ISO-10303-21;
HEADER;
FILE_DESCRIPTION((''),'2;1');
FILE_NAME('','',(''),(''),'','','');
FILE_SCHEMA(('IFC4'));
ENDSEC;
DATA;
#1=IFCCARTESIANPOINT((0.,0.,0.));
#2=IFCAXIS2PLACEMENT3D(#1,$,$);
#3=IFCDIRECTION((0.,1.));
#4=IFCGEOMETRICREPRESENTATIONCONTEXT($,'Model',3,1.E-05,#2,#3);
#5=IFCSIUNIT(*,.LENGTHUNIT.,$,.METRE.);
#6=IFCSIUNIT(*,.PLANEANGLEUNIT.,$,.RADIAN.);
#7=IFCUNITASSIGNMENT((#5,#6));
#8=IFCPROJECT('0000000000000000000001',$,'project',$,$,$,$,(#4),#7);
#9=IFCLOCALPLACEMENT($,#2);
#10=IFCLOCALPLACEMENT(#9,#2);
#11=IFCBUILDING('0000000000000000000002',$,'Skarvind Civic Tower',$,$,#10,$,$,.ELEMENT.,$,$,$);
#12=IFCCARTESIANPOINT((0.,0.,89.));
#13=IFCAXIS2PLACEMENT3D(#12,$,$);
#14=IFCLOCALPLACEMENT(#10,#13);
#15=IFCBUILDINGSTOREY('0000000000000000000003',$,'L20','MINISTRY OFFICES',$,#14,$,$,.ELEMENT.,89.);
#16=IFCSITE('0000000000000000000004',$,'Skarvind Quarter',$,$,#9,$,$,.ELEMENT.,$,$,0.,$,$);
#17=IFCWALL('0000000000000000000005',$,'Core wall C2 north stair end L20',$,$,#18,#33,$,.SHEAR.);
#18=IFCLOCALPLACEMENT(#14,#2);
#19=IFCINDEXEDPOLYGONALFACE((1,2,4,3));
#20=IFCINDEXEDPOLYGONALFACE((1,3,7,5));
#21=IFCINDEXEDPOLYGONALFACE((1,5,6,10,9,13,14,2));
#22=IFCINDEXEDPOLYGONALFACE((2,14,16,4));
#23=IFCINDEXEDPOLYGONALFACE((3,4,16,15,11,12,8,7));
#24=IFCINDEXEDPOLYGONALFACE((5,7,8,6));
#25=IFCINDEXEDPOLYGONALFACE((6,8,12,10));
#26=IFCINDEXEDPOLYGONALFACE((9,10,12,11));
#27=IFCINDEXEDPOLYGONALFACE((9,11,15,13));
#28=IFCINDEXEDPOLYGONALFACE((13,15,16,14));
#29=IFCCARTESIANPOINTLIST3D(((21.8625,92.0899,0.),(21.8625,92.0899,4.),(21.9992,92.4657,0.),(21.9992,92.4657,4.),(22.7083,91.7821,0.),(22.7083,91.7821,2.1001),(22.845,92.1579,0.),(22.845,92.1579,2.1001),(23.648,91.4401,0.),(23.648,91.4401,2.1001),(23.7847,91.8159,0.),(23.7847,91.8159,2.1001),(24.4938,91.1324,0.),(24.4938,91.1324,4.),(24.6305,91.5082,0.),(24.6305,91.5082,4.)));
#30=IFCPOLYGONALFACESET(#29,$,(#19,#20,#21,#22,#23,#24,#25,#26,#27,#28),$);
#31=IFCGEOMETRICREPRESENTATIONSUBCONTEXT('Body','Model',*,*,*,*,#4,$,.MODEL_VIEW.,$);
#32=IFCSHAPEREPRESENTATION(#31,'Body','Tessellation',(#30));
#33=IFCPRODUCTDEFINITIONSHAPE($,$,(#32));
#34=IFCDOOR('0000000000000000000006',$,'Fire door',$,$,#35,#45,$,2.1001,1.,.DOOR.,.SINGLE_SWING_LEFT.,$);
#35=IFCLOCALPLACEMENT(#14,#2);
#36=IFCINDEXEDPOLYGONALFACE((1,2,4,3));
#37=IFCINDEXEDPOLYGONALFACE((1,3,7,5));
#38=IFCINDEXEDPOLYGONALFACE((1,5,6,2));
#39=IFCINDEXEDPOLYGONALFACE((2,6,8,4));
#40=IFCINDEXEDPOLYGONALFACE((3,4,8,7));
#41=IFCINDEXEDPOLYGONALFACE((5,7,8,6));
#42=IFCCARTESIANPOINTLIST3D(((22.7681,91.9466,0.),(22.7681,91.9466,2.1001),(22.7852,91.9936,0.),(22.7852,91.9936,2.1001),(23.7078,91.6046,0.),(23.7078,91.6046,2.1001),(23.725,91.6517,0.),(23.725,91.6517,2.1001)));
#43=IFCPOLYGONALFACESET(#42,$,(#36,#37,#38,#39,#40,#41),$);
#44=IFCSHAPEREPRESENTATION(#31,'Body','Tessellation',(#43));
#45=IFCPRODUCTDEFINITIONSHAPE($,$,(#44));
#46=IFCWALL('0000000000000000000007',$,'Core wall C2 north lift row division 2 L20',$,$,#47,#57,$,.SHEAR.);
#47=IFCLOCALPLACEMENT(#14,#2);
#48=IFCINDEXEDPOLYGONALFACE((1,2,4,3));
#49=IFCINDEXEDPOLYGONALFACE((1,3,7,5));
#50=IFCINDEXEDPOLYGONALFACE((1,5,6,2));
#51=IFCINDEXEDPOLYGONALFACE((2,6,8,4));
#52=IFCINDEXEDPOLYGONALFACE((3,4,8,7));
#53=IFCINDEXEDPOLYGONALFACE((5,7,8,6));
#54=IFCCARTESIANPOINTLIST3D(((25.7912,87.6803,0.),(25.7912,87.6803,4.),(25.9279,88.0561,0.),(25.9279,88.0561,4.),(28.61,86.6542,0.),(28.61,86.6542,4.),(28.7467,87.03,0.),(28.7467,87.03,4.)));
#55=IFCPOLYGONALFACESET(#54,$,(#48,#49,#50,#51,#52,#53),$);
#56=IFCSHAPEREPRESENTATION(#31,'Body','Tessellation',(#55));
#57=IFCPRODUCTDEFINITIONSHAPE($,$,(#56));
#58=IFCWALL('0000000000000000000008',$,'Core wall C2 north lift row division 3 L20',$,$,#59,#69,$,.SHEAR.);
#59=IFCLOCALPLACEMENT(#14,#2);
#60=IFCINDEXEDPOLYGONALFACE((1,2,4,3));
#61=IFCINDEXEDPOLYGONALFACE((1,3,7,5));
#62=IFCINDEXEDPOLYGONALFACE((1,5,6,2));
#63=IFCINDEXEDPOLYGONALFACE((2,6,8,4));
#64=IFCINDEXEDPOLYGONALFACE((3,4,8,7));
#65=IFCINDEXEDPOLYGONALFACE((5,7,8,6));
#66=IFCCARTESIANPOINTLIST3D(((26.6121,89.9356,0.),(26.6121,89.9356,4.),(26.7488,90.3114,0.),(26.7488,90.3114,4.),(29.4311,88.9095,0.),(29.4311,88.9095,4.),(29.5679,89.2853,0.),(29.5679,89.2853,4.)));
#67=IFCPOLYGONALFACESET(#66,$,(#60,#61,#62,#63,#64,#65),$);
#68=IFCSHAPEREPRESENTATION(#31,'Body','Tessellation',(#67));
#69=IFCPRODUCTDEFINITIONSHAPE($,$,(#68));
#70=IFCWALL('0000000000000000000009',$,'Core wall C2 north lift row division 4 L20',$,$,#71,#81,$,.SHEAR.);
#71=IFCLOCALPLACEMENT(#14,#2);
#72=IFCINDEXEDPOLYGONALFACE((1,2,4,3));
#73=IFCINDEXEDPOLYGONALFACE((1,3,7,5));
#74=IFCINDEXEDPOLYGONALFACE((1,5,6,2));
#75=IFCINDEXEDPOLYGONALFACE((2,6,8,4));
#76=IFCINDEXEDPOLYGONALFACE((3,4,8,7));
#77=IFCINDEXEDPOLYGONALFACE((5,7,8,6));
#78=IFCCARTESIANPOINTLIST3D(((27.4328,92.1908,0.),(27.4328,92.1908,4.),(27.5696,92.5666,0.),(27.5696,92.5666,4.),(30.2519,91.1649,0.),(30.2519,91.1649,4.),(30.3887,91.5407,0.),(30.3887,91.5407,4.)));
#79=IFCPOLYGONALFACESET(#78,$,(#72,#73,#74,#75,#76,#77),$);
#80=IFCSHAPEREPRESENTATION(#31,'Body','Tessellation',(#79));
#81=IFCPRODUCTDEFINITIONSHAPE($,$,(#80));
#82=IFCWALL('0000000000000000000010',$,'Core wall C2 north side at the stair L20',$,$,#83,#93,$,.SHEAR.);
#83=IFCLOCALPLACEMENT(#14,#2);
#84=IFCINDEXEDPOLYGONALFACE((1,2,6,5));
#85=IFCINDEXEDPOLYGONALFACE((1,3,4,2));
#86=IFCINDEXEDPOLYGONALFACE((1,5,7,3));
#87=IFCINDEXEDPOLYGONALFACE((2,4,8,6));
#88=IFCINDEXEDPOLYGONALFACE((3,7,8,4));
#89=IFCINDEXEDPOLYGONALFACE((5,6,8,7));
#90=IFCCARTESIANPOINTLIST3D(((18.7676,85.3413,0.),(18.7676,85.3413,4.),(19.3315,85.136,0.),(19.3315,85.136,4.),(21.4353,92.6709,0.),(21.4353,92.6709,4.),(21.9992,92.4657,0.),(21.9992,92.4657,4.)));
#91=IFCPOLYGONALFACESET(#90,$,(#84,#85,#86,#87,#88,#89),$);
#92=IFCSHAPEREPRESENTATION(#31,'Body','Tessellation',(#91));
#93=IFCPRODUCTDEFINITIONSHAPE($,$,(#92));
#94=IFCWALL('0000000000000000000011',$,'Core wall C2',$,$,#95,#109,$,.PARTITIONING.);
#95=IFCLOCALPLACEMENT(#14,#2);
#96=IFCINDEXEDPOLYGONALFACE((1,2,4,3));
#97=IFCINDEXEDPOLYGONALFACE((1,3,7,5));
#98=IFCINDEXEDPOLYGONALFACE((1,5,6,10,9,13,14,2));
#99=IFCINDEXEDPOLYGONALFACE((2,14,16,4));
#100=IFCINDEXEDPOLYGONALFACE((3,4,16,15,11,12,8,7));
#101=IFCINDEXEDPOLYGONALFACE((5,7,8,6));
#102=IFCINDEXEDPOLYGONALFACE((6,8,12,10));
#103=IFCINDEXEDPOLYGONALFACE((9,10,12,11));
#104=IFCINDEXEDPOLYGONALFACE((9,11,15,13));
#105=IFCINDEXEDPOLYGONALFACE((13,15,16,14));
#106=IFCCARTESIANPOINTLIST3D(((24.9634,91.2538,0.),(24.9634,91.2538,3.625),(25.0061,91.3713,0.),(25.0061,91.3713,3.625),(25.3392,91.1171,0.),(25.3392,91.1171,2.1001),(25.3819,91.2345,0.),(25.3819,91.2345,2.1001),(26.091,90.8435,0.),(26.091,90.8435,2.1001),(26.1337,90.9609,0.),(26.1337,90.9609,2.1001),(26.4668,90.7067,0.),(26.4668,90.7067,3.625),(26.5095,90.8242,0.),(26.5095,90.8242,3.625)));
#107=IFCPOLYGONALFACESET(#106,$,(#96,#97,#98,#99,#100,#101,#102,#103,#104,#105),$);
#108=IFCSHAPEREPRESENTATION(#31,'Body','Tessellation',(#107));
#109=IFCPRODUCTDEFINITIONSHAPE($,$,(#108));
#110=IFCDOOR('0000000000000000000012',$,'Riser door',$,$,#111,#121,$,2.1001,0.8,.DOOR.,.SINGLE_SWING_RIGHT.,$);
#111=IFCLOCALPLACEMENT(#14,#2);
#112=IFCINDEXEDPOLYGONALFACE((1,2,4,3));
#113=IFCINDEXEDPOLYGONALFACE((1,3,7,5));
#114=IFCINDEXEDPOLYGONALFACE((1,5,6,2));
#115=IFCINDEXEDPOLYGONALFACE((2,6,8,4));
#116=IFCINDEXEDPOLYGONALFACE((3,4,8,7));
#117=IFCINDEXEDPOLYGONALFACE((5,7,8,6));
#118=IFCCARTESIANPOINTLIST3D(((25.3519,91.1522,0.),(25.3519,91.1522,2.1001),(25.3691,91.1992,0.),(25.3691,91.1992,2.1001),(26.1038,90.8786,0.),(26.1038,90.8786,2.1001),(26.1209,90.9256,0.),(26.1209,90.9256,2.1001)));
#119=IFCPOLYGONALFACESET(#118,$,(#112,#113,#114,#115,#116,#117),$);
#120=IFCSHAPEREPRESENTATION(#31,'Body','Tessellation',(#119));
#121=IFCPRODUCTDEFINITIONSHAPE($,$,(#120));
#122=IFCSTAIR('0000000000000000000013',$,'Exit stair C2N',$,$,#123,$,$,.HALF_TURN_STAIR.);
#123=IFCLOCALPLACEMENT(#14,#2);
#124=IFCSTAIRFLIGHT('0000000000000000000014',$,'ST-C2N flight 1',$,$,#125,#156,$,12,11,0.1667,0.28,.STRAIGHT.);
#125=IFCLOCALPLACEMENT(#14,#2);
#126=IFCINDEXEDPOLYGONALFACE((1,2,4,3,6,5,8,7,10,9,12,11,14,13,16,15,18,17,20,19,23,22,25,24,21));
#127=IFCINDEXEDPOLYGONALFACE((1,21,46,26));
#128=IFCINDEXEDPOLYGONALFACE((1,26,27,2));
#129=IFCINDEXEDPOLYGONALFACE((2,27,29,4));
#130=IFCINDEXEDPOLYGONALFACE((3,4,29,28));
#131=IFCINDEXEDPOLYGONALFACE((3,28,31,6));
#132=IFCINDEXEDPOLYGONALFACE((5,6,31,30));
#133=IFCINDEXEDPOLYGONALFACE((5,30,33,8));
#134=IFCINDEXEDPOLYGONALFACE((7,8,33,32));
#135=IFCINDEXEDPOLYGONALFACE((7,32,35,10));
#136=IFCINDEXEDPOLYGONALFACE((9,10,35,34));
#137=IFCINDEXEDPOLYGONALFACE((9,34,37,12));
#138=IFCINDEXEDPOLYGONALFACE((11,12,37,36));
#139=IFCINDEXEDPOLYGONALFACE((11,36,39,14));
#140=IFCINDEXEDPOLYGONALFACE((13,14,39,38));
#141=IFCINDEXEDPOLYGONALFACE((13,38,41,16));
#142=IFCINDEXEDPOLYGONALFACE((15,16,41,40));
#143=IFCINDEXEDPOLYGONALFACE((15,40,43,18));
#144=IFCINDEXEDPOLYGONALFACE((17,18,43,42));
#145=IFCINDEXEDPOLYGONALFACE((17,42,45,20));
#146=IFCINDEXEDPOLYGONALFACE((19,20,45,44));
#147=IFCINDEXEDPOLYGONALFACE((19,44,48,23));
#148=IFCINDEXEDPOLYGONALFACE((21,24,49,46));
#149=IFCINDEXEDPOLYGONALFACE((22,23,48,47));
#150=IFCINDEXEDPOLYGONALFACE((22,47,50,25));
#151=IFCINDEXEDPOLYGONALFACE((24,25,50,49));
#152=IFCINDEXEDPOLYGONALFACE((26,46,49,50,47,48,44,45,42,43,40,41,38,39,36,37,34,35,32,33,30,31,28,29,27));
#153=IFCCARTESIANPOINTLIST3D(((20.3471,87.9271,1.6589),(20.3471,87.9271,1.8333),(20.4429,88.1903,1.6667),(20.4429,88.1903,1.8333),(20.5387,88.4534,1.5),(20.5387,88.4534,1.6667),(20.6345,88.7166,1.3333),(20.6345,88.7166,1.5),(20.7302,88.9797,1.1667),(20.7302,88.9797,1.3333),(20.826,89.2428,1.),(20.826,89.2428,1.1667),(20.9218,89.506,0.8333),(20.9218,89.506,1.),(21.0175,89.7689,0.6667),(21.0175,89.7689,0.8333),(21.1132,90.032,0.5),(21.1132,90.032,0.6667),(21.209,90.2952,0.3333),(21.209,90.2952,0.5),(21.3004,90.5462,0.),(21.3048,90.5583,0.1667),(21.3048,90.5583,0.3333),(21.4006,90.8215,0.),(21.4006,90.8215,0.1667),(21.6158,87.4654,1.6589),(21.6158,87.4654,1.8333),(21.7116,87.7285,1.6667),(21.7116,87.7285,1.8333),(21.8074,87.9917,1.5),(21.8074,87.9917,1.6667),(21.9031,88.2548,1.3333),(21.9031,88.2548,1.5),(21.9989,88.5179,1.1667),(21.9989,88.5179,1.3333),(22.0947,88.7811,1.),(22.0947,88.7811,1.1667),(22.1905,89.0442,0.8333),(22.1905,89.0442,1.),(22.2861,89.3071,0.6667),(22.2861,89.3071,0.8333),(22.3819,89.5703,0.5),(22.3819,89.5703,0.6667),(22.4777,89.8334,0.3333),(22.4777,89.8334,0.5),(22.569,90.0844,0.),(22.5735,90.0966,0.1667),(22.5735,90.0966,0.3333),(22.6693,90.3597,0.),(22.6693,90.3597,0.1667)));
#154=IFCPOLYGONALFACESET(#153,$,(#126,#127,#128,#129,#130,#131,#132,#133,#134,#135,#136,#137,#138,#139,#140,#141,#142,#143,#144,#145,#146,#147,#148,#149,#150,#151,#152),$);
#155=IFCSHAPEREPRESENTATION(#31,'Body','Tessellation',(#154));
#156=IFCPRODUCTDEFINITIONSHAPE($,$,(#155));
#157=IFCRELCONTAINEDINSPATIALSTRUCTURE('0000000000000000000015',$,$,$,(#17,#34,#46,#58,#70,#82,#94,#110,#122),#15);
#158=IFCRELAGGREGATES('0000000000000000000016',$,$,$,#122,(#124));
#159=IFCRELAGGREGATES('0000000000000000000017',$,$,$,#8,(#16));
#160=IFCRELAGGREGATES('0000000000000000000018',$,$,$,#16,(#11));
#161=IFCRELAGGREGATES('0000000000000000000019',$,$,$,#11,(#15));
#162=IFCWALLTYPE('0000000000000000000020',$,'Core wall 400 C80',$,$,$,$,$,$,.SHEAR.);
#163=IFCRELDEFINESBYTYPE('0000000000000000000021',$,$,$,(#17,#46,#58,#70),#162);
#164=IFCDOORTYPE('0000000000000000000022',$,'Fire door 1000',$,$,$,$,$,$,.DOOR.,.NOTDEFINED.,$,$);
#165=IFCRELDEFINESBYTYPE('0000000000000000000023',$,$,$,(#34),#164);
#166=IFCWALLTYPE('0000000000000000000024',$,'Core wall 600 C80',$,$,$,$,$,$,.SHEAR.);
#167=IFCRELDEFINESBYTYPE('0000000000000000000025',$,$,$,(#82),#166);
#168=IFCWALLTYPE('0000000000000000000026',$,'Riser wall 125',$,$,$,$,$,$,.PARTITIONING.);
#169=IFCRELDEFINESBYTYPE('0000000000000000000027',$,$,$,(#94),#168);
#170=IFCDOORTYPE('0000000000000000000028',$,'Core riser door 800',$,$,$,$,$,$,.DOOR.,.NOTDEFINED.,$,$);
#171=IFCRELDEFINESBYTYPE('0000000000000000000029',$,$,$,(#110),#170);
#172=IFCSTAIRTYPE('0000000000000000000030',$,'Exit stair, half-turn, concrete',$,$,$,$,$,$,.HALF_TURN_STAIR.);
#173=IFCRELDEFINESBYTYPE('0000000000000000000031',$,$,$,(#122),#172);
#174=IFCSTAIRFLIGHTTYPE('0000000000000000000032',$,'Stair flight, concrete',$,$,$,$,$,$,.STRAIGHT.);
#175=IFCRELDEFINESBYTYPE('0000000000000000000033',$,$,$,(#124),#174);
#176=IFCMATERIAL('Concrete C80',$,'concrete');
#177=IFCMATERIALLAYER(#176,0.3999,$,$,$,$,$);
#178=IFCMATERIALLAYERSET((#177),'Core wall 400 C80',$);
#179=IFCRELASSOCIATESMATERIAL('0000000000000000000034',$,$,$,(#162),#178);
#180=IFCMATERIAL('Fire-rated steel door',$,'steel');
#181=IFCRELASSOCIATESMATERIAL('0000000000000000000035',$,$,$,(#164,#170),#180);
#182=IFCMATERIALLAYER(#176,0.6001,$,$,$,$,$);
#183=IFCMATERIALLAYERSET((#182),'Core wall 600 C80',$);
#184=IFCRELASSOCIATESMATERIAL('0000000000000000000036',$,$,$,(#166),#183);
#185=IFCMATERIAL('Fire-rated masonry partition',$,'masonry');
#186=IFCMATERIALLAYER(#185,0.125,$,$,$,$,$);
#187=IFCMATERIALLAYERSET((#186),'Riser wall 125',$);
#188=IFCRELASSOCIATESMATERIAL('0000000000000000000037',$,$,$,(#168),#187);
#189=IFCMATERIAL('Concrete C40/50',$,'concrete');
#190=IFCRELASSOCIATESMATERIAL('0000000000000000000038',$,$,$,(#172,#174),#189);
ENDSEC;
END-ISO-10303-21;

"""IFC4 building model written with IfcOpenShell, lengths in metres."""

from ifc_helpers import new_model, si_unit, direction, frame, frame_2d, origin, place, context, subcontext, project, spatial, polyline, rectangle, outline, extrude, material, layer, layer_set, type_object, element, fill, aggregate, save


model = new_model("IFC4")

# Units and contexts
model_context = context("Model", 3, precision=1e-05, world=origin(), true_north=direction((0.0, 1.0)))
body_context = subcontext(model_context, "Body", "Model", "MODEL_VIEW")
ifc_project = project(units=[si_unit("LENGTHUNIT", "METRE"), si_unit("PLANEANGLEUNIT", "RADIAN")], contexts=[model_context])

# Site, building, storey
site_placement = place(None, origin())
site = spatial("IfcSite", under=ifc_project, at=site_placement, Name="Skarvind Quarter", CompositionType="ELEMENT", RefElevation=0.0)
building_placement = place(site_placement, origin())
building = spatial("IfcBuilding", under=site, at=building_placement, Name="Skarvind Civic Tower", CompositionType="ELEMENT")
storey_placement = place(building_placement, frame((0.0, 0.0, 89.0)))
storey = spatial("IfcBuildingStorey", under=building, at=storey_placement, Name="L20", Description="MINISTRY OFFICES", CompositionType="ELEMENT", Elevation=89.0)

# Wall, opening, door
ifc_material_1 = material(Name="Concrete C80", Category="concrete")
ifc_layer_1 = layer(ifc_material_1, 0.3999)
ifc_layer_set_1 = layer_set([ifc_layer_1], Name="Core wall 400 C80")
wall_type_1 = type_object("IfcWallType", Name="Core wall 400 C80", PredefinedType="SHEAR", material=ifc_layer_set_1)
wall_1_placement = place(storey_placement, frame((24.562, 91.3203, 0.0), z_axis=(0.0, 0.0, 1.0), x_axis=(-0.939717, 0.341953, 0.0)))
wall_1 = element("IfcWall", 1, at=wall_1_placement, inside=storey, type_object=wall_type_1, Name="Core wall C2 north stair end L20", PredefinedType="SHEAR", context=body_context, shape_type="SweptSolid", body=[
    extrude(rectangle(XDim=2.8, YDim=0.3999, at=frame_2d((1.3999, 0.0))), origin(), (0.0, 0.0, 1.0), 4.0),
])
opening_1_placement = place(wall_1_placement, frame((0.8999, 0.0, 0.0)))
opening_1 = element("IfcOpeningElement", 2, at=opening_1_placement, cuts=wall_1, PredefinedType="OPENING", context=body_context, shape_type="SweptSolid", body=[
    extrude(rectangle(XDim=1.0, YDim=2.1001, at=frame_2d((0.5, 1.05))), frame((0.0, 0.21, 0.0), z_axis=(0.0, -1.0, 0.0), x_axis=(1.0, 0.0, 0.0)), (0.0, 0.0, 1.0), 0.4199),
])
ifc_material_2 = material(Name="Fire-rated steel door", Category="steel")
door_type_1 = type_object("IfcDoorType", Name="Fire door 1000", OperationType="NOTDEFINED", PredefinedType="DOOR", material=ifc_material_2)
door_1_placement = place(opening_1_placement, origin())
door_1 = element("IfcDoor", 3, at=door_1_placement, inside=storey, type_object=door_type_1, Name="Fire door", OperationType="SINGLE_SWING_LEFT", OverallHeight=2.1001, OverallWidth=1.0, PredefinedType="DOOR", context=body_context, shape_type="SweptSolid", body=[
    extrude(rectangle(XDim=1.0, YDim=2.1001, at=frame_2d((0.5, 1.05))), frame((0.0, 0.0249, 0.0), z_axis=(0.0, -1.0, 0.0), x_axis=(1.0, 0.0, 0.0)), (0.0, 0.0, 1.0), 0.05),
])
fill(opening_1, door_1)

# Walls
wall_2_placement = place(storey_placement, frame((28.6785, 86.842, 0.0), z_axis=(0.0, 0.0, 1.0), x_axis=(-0.939677, 0.342063, 0.0)))
element("IfcWall", 4, at=wall_2_placement, inside=storey, type_object=wall_type_1, Name="Core wall C2 north lift row division 2 L20", PredefinedType="SHEAR", context=body_context, shape_type="SweptSolid", body=[
    extrude(rectangle(XDim=2.9998, YDim=0.3999, at=frame_2d((1.5, 0.0))), origin(), (0.0, 0.0, 1.0), 4.0),
])
for number, where, z_axis, x_axis, name in (
    (5, (29.4995, 89.0974, 0.0), (0.0, 0.0, 1.0), (-0.939686, 0.342037, 0.0), "Core wall C2 north lift row division 3 L20"),
    (6, (30.3203, 91.3528, 0.0), (0.0, 0.0, 1.0), (-0.939713, 0.341965, 0.0), "Core wall C2 north lift row division 4 L20"),
):
    element("IfcWall", number, at=place(storey_placement, frame(where, z_axis=z_axis, x_axis=x_axis)), inside=storey, type_object=wall_type_1, Name=name, PredefinedType="SHEAR", context=body_context, shape_type="SweptSolid", body=[
        extrude(rectangle(XDim=3.0, YDim=0.3999, at=frame_2d((1.5, 0.0))), origin(), (0.0, 0.0, 1.0), 4.0),
    ])
ifc_layer_2 = layer(ifc_material_1, 0.6001)
ifc_layer_set_2 = layer_set([ifc_layer_2], Name="Core wall 600 C80")
wall_type_2 = type_object("IfcWallType", Name="Core wall 600 C80", PredefinedType="SHEAR", material=ifc_layer_set_2)
wall_3_placement = place(storey_placement, frame((19.0496, 85.2388, 0.0), z_axis=(0.0, 0.0, 1.0), x_axis=(0.342017, 0.939694, 0.0)))
element("IfcWall", 7, at=wall_3_placement, inside=storey, type_object=wall_type_2, Name="Core wall C2 north side at the stair L20", PredefinedType="SHEAR", context=body_context, shape_type="SweptSolid", body=[
    extrude(rectangle(XDim=7.8, YDim=0.6001, at=frame_2d((3.8999, 0.0))), origin(), (0.0, 0.0, 1.0), 4.0),
])

# Wall, opening, door
ifc_material_3 = material(Name="Fire-rated masonry partition", Category="masonry")
ifc_layer_3 = layer(ifc_material_3, 0.125)
ifc_layer_set_3 = layer_set([ifc_layer_3], Name="Riser wall 125")
wall_type_3 = type_object("IfcWallType", Name="Riser wall 125", PredefinedType="PARTITIONING", material=ifc_layer_set_3)
wall_4_placement = place(storey_placement, frame((24.9849, 91.3125, 0.0), z_axis=(0.0, 0.0, 1.0), x_axis=(0.939709, -0.341976, 0.0)))
wall_4 = element("IfcWall", 8, at=wall_4_placement, inside=storey, type_object=wall_type_3, Name="Core wall C2", PredefinedType="PARTITIONING", context=body_context, shape_type="SweptSolid", body=[
    extrude(rectangle(XDim=1.5999, YDim=0.125, at=frame_2d((0.7998, 0.0))), origin(), (0.0, 0.0, 1.0), 3.625),
])
opening_2_placement = place(wall_4_placement, frame((0.3999, 0.0, 0.0)))
opening_2 = element("IfcOpeningElement", 9, at=opening_2_placement, cuts=wall_4, PredefinedType="OPENING", context=body_context, shape_type="SweptSolid", body=[
    extrude(rectangle(XDim=0.8, YDim=2.1001, at=frame_2d((0.3999, 1.05))), frame((0.0, 0.0725, 0.0), z_axis=(0.0, -1.0, 0.0), x_axis=(1.0, 0.0, 0.0)), (0.0, 0.0, 1.0), 0.145),
])
door_type_2 = type_object("IfcDoorType", Name="Core riser door 800", OperationType="NOTDEFINED", PredefinedType="DOOR", material=ifc_material_2)
door_2_placement = place(opening_2_placement, origin())
door_2 = element("IfcDoor", 10, at=door_2_placement, inside=storey, type_object=door_type_2, Name="Riser door", OperationType="SINGLE_SWING_RIGHT", OverallHeight=2.1001, OverallWidth=0.8, PredefinedType="DOOR", context=body_context, shape_type="SweptSolid", body=[
    extrude(rectangle(XDim=0.8, YDim=2.1001, at=frame_2d((0.3999, 1.05))), frame((0.0, 0.0249, 0.0), z_axis=(0.0, -1.0, 0.0), x_axis=(1.0, 0.0, 0.0)), (0.0, 0.0, 1.0), 0.05),
])
fill(opening_2, door_2)

# Stair, stair flight
ifc_material_4 = material(Name="Concrete C40/50", Category="concrete")
stair_type = type_object("IfcStairType", Name="Exit stair, half-turn, concrete", PredefinedType="HALF_TURN_STAIR", material=ifc_material_4)
stair_placement = place(storey_placement, origin())
stair = element("IfcStair", 11, at=stair_placement, inside=storey, type_object=stair_type, Name="Exit stair C2N", PredefinedType="HALF_TURN_STAIR")
stair_flight_type = type_object("IfcStairFlightType", Name="Stair flight, concrete", PredefinedType="STRAIGHT", material=ifc_material_4)
stair_flight_1_placement = place(storey_placement, frame((22.0349, 90.5906, 0.0), z_axis=(0.0, 0.0, 1.0), x_axis=(-0.34202, -0.939693, 0.0)))
stair_flight_1 = element("IfcStairFlight", 12, at=stair_flight_1_placement, type_object=stair_flight_type, Name="ST-C2N flight 1", NumberOfRisers=12, NumberOfTreads=11, PredefinedType="STRAIGHT", RiserHeight=0.1667, TreadLength=0.28, context=body_context, shape_type="SweptSolid", body=[
    extrude(outline(polyline([(0.0, 0.0), (0.0, 0.1667), (0.28, 0.1667), (0.28, 0.3333), (0.5601, 0.3333), (0.5601, 0.5), (0.8401, 0.5), (0.8401, 0.6667), (1.1201, 0.6667), (1.1201, 0.8333), (1.3999, 0.8333), (1.3999, 1.0), (1.6799, 1.0), (1.6799, 1.1667), (1.96, 1.1667), (1.96, 1.3333), (2.24, 1.3333), (2.24, 1.5), (2.52, 1.5), (2.52, 1.6667), (2.8, 1.6667), (2.8, 1.8333), (3.0801, 1.8333), (3.0801, 2.0), (3.0801, 1.6589), (0.293, 0.0), (0.0, 0.0)])), frame((0.0, 0.675, 0.0), z_axis=(0.0, -1.0, 0.0), x_axis=(1.0, 0.0, 0.0)), (0.0, 0.0, 1.0), 1.3501),
])
aggregate(stair, [stair_flight_1])

save(model, "model.ifc")
